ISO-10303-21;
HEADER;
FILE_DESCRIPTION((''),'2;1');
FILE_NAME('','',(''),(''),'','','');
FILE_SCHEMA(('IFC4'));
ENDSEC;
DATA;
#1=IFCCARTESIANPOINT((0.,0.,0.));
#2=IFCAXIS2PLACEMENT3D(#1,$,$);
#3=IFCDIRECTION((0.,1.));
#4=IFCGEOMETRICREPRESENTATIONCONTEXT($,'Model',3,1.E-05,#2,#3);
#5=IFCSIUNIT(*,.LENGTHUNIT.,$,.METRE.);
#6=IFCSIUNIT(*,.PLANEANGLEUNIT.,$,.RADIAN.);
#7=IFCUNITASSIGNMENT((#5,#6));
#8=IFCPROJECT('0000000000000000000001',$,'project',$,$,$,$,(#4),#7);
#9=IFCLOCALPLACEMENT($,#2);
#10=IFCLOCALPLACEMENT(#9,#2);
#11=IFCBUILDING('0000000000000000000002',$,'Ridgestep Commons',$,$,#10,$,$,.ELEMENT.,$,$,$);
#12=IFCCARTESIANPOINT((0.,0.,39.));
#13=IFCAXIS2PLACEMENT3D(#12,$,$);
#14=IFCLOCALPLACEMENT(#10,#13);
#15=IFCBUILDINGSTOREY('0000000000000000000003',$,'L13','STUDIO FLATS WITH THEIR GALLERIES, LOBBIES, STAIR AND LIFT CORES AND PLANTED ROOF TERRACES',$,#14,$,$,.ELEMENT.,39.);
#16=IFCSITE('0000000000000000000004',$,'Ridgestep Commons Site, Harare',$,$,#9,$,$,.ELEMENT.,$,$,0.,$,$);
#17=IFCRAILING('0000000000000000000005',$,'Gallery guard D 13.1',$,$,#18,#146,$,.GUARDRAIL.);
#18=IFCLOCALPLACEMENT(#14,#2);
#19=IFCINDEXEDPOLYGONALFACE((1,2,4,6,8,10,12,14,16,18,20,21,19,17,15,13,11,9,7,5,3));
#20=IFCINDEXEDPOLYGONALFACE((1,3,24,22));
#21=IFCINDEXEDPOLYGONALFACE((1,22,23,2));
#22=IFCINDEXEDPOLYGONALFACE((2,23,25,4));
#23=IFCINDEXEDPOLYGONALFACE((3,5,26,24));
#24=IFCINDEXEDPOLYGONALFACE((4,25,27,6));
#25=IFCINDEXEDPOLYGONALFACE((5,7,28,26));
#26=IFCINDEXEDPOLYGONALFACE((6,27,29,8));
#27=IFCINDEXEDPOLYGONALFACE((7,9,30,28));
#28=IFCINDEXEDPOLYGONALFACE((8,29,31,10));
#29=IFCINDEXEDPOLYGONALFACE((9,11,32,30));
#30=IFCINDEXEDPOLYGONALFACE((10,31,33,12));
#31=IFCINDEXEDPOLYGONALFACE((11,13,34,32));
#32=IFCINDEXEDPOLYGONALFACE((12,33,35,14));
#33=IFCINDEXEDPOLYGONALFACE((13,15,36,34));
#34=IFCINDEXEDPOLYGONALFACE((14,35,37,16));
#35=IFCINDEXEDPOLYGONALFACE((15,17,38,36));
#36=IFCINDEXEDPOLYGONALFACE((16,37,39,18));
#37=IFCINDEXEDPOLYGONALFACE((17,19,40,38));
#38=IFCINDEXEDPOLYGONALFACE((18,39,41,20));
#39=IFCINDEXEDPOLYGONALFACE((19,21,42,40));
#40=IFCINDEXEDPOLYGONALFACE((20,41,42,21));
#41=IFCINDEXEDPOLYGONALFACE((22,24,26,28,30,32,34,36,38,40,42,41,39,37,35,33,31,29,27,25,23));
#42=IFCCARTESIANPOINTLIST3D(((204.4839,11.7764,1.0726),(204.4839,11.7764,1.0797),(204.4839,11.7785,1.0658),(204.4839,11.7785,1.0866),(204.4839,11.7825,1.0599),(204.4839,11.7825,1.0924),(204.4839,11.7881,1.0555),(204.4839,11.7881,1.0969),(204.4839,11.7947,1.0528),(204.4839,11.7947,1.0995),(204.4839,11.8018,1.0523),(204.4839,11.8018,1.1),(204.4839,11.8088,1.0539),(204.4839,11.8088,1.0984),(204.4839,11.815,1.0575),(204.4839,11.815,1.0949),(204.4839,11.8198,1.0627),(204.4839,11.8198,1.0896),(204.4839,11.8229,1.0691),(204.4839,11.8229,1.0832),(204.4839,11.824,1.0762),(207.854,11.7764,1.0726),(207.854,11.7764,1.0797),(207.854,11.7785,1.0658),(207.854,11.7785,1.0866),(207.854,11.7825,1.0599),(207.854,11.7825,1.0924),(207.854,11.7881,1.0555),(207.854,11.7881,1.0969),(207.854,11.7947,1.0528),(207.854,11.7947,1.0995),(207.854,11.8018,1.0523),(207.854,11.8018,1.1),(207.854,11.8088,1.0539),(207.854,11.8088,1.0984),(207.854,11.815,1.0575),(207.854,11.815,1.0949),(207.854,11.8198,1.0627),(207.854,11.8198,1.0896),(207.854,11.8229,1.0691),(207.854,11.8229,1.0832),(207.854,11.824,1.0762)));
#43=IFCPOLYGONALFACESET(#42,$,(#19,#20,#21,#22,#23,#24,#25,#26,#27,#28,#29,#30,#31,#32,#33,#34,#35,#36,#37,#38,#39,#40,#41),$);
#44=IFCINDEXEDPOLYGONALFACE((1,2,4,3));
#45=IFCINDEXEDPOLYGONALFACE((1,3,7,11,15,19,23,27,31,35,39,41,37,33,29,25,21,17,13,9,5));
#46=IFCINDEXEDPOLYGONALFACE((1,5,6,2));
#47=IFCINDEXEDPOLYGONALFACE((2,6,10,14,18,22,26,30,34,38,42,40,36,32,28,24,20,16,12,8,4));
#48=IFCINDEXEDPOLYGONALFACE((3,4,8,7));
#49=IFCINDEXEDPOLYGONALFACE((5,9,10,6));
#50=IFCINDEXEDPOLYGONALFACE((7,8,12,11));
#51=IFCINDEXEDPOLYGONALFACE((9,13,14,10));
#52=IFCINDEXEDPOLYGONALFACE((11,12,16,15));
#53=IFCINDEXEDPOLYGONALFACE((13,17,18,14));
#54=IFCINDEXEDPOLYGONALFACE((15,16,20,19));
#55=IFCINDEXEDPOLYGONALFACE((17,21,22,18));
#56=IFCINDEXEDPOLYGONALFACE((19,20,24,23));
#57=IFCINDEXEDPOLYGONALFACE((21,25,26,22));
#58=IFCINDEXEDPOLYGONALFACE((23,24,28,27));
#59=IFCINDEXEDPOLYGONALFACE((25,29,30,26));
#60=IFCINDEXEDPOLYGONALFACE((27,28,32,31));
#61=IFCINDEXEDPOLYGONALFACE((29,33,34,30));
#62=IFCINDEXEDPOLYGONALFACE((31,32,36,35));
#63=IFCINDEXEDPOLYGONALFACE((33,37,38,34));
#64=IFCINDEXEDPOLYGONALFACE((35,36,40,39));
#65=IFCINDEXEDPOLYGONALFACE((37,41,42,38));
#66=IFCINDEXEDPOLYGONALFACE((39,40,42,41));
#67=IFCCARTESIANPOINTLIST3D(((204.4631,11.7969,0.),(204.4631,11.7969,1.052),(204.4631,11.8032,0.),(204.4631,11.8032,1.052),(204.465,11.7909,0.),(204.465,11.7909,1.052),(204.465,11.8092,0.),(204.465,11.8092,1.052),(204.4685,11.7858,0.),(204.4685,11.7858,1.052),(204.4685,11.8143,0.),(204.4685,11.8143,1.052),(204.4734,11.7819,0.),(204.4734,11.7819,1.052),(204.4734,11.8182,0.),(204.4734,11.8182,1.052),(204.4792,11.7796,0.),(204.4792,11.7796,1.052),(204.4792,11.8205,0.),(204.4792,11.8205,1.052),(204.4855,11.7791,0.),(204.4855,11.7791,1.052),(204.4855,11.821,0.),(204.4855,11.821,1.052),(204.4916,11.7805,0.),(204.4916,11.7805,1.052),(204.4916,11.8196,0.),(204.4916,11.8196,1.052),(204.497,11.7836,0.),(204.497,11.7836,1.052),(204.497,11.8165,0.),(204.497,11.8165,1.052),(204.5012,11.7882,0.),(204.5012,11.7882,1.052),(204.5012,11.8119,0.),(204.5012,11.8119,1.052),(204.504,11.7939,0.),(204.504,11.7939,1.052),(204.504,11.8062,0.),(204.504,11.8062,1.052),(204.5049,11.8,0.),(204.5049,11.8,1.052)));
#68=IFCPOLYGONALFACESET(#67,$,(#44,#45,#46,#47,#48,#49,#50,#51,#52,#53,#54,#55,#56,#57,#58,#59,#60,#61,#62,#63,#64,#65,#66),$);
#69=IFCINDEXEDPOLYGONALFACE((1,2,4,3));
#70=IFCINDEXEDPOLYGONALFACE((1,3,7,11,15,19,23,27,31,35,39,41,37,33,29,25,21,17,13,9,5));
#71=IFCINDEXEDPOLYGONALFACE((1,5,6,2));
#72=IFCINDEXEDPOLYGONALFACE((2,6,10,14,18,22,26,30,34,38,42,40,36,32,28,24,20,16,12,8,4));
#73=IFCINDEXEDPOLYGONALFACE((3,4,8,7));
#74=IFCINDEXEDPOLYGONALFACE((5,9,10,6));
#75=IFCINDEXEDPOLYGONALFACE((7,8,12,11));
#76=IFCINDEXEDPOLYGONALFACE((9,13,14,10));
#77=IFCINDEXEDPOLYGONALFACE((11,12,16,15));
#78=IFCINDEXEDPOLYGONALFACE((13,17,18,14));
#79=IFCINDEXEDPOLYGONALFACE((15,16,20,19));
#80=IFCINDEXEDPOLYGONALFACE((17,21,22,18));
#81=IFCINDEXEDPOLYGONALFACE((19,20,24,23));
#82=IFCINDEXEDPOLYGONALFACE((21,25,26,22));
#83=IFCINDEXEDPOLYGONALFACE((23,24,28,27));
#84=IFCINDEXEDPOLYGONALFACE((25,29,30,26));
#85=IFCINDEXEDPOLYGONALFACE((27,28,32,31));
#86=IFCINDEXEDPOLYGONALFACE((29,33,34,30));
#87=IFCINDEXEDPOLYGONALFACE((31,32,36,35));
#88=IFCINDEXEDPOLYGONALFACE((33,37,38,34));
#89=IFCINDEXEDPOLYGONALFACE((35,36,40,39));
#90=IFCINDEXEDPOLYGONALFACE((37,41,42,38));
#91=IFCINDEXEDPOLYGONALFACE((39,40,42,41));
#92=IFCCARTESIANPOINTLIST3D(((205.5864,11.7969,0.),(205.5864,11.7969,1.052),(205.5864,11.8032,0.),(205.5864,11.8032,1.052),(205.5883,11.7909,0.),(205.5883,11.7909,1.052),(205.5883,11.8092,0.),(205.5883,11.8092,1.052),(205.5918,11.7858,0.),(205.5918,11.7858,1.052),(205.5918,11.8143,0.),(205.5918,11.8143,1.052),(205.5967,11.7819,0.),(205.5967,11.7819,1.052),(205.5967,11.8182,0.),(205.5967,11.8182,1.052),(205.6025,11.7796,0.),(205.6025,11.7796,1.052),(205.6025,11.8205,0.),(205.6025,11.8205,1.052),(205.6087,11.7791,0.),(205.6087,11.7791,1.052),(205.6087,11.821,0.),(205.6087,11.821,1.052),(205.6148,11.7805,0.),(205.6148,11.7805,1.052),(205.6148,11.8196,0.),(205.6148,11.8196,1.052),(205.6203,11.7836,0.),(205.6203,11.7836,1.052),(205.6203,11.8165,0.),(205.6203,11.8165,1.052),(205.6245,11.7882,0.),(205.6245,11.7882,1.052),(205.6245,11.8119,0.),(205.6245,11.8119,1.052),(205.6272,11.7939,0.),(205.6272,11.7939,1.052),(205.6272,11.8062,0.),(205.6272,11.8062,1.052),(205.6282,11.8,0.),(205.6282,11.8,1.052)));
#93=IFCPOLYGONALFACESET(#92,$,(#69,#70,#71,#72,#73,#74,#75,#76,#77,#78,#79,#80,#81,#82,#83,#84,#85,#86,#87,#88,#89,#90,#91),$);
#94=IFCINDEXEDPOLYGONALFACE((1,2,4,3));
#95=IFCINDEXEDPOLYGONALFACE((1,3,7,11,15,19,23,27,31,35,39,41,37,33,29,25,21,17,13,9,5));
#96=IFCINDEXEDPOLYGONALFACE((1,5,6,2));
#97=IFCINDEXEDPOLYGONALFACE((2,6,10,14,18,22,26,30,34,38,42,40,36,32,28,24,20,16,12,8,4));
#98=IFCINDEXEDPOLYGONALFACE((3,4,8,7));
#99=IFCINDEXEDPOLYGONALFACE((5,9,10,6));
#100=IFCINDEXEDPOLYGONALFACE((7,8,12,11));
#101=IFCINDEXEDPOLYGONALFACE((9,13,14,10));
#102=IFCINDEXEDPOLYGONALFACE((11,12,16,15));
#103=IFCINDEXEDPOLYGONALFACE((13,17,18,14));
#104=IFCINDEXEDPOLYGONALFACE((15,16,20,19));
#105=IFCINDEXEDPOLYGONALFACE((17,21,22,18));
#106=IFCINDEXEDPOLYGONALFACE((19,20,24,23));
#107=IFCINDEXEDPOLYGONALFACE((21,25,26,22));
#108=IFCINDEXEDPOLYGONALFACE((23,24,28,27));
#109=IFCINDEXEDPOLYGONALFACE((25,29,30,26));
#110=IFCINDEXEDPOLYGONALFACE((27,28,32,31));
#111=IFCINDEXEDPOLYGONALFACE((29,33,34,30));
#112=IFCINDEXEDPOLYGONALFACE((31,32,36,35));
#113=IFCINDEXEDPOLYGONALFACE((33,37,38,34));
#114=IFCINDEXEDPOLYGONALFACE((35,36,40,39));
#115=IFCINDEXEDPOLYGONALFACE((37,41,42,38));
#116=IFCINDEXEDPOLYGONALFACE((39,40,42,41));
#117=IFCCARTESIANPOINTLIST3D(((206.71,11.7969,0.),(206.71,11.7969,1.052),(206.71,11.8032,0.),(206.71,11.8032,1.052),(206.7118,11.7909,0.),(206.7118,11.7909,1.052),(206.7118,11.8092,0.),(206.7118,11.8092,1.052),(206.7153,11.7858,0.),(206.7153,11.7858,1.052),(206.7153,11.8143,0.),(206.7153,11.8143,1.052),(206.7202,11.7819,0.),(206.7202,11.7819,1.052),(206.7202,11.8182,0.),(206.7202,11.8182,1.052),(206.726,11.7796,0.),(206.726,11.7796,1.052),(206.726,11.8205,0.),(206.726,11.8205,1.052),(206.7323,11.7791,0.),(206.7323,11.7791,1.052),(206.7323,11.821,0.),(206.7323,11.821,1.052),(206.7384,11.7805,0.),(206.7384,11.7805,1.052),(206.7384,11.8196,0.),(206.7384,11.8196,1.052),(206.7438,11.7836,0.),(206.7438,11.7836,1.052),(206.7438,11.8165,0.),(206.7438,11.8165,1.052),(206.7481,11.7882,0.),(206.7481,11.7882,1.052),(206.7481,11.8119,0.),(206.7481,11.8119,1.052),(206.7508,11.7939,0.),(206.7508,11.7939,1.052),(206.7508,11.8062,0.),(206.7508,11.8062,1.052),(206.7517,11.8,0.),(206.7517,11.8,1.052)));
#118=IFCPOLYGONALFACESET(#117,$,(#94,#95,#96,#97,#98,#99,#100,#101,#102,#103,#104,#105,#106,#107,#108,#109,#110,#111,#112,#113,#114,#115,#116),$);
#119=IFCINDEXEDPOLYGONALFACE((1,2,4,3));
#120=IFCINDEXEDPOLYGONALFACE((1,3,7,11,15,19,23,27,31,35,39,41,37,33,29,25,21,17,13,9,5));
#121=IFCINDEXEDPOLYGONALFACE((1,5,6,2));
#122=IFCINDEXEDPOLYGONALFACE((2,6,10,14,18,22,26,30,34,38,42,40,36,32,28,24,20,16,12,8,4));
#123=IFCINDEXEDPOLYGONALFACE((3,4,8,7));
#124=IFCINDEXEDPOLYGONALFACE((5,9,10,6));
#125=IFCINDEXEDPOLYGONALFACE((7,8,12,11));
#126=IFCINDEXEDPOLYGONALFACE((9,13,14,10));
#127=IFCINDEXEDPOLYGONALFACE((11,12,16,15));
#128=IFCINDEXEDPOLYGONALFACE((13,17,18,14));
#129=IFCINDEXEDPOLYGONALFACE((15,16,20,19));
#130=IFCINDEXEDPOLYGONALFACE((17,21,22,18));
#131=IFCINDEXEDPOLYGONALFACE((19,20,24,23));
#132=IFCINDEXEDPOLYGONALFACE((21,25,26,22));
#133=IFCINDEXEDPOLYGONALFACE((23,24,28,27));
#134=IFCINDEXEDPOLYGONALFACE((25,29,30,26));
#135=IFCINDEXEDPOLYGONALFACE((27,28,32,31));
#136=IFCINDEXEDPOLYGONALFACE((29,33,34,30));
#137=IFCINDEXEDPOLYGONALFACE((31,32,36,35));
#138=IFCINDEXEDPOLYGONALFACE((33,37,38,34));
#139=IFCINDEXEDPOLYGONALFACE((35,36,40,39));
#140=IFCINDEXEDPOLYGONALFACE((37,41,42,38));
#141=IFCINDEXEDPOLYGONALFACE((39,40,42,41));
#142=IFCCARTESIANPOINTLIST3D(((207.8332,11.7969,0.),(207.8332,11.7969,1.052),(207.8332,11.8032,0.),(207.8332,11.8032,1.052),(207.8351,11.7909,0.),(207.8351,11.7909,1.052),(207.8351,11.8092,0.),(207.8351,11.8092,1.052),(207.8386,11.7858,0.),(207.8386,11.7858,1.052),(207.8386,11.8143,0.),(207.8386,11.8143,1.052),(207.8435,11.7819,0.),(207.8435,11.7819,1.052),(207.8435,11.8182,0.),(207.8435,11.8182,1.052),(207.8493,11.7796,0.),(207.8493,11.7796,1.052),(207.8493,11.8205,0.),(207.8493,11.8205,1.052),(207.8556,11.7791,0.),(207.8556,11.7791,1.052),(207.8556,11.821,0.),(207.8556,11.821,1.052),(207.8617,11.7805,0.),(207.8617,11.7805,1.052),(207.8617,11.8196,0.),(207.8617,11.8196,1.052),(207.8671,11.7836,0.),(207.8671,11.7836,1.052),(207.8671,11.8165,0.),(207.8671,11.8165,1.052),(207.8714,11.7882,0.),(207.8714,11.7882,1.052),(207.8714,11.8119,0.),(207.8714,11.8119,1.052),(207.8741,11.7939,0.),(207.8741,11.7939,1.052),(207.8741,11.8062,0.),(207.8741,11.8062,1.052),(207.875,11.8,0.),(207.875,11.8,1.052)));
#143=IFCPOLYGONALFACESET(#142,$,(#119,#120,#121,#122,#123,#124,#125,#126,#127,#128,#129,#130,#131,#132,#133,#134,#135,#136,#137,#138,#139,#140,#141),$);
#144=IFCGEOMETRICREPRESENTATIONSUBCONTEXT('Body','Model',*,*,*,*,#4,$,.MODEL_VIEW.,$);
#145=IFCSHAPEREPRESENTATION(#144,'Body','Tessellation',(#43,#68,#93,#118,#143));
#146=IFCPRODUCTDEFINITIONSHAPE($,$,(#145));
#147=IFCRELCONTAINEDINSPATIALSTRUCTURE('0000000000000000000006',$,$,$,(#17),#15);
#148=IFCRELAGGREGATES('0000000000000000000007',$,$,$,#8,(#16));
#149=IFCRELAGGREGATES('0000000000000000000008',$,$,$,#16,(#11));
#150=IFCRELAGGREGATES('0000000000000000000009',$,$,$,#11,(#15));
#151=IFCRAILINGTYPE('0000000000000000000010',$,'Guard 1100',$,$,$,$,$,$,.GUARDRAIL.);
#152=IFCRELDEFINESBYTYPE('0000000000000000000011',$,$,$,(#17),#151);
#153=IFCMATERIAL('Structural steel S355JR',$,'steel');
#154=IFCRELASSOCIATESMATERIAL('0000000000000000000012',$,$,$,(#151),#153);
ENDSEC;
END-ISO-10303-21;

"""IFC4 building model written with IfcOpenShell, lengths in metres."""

from ifc_helpers import new_model, si_unit, direction, frame, origin, origin_2d, place, context, subcontext, project, spatial, circle, extrude, material, type_object, element, save


model = new_model("IFC4")

# Units and contexts
model_context = context("Model", 3, precision=1e-05, world=origin(), true_north=direction((0.0, 1.0)))
body_context = subcontext(model_context, "Body", "Model", "MODEL_VIEW")
ifc_project = project(units=[si_unit("LENGTHUNIT", "METRE"), si_unit("PLANEANGLEUNIT", "RADIAN")], contexts=[model_context])

# Site, building, storey
site_placement = place(None, origin())
site = spatial("IfcSite", under=ifc_project, at=site_placement, Name="Ridgestep Commons Site, Harare", CompositionType="ELEMENT", RefElevation=0.0)
building_placement = place(site_placement, origin())
building = spatial("IfcBuilding", under=site, at=building_placement, Name="Ridgestep Commons", CompositionType="ELEMENT")
storey_placement = place(building_placement, frame((0.0, 0.0, 39.0)))
storey = spatial("IfcBuildingStorey", under=building, at=storey_placement, Name="L13", Description="STUDIO FLATS WITH THEIR GALLERIES, LOBBIES, STAIR AND LIFT CORES AND PLANTED ROOF TERRACES", CompositionType="ELEMENT", Elevation=39.0)

# Railing
ifc_material_1 = material(Name="Structural steel S355JR", Category="steel")
railing_type_1 = type_object("IfcRailingType", Name="Guard 1100", PredefinedType="GUARDRAIL", material=ifc_material_1)
railing_1_placement = place(storey_placement, frame((204.4839, 11.8, 0.0)))
element("IfcRailing", 1, at=railing_1_placement, inside=storey, type_object=railing_type_1, Name="Gallery guard D 13.1", PredefinedType="GUARDRAIL", context=body_context, shape_type="SweptSolid", body=[
    extrude(circle(Radius=0.0239, at=origin_2d()), frame((0.0, 0.0, 1.0762), z_axis=(1.0, 0.0, 0.0), x_axis=(0.0, 1.0, 0.0)), (0.0, 0.0, 1.0), 3.3701),
    extrude(circle(Radius=0.021, at=origin_2d()), origin(), (0.0, 0.0, 1.0), 1.052),
    extrude(circle(Radius=0.021, at=origin_2d()), frame((1.1233, 0.0, 0.0)), (0.0, 0.0, 1.0), 1.052),
    extrude(circle(Radius=0.021, at=origin_2d()), frame((2.2468, 0.0, 0.0)), (0.0, 0.0, 1.0), 1.052),
    extrude(circle(Radius=0.021, at=origin_2d()), frame((3.3701, 0.0, 0.0)), (0.0, 0.0, 1.0), 1.052),
])

save(model, "model.ifc")
